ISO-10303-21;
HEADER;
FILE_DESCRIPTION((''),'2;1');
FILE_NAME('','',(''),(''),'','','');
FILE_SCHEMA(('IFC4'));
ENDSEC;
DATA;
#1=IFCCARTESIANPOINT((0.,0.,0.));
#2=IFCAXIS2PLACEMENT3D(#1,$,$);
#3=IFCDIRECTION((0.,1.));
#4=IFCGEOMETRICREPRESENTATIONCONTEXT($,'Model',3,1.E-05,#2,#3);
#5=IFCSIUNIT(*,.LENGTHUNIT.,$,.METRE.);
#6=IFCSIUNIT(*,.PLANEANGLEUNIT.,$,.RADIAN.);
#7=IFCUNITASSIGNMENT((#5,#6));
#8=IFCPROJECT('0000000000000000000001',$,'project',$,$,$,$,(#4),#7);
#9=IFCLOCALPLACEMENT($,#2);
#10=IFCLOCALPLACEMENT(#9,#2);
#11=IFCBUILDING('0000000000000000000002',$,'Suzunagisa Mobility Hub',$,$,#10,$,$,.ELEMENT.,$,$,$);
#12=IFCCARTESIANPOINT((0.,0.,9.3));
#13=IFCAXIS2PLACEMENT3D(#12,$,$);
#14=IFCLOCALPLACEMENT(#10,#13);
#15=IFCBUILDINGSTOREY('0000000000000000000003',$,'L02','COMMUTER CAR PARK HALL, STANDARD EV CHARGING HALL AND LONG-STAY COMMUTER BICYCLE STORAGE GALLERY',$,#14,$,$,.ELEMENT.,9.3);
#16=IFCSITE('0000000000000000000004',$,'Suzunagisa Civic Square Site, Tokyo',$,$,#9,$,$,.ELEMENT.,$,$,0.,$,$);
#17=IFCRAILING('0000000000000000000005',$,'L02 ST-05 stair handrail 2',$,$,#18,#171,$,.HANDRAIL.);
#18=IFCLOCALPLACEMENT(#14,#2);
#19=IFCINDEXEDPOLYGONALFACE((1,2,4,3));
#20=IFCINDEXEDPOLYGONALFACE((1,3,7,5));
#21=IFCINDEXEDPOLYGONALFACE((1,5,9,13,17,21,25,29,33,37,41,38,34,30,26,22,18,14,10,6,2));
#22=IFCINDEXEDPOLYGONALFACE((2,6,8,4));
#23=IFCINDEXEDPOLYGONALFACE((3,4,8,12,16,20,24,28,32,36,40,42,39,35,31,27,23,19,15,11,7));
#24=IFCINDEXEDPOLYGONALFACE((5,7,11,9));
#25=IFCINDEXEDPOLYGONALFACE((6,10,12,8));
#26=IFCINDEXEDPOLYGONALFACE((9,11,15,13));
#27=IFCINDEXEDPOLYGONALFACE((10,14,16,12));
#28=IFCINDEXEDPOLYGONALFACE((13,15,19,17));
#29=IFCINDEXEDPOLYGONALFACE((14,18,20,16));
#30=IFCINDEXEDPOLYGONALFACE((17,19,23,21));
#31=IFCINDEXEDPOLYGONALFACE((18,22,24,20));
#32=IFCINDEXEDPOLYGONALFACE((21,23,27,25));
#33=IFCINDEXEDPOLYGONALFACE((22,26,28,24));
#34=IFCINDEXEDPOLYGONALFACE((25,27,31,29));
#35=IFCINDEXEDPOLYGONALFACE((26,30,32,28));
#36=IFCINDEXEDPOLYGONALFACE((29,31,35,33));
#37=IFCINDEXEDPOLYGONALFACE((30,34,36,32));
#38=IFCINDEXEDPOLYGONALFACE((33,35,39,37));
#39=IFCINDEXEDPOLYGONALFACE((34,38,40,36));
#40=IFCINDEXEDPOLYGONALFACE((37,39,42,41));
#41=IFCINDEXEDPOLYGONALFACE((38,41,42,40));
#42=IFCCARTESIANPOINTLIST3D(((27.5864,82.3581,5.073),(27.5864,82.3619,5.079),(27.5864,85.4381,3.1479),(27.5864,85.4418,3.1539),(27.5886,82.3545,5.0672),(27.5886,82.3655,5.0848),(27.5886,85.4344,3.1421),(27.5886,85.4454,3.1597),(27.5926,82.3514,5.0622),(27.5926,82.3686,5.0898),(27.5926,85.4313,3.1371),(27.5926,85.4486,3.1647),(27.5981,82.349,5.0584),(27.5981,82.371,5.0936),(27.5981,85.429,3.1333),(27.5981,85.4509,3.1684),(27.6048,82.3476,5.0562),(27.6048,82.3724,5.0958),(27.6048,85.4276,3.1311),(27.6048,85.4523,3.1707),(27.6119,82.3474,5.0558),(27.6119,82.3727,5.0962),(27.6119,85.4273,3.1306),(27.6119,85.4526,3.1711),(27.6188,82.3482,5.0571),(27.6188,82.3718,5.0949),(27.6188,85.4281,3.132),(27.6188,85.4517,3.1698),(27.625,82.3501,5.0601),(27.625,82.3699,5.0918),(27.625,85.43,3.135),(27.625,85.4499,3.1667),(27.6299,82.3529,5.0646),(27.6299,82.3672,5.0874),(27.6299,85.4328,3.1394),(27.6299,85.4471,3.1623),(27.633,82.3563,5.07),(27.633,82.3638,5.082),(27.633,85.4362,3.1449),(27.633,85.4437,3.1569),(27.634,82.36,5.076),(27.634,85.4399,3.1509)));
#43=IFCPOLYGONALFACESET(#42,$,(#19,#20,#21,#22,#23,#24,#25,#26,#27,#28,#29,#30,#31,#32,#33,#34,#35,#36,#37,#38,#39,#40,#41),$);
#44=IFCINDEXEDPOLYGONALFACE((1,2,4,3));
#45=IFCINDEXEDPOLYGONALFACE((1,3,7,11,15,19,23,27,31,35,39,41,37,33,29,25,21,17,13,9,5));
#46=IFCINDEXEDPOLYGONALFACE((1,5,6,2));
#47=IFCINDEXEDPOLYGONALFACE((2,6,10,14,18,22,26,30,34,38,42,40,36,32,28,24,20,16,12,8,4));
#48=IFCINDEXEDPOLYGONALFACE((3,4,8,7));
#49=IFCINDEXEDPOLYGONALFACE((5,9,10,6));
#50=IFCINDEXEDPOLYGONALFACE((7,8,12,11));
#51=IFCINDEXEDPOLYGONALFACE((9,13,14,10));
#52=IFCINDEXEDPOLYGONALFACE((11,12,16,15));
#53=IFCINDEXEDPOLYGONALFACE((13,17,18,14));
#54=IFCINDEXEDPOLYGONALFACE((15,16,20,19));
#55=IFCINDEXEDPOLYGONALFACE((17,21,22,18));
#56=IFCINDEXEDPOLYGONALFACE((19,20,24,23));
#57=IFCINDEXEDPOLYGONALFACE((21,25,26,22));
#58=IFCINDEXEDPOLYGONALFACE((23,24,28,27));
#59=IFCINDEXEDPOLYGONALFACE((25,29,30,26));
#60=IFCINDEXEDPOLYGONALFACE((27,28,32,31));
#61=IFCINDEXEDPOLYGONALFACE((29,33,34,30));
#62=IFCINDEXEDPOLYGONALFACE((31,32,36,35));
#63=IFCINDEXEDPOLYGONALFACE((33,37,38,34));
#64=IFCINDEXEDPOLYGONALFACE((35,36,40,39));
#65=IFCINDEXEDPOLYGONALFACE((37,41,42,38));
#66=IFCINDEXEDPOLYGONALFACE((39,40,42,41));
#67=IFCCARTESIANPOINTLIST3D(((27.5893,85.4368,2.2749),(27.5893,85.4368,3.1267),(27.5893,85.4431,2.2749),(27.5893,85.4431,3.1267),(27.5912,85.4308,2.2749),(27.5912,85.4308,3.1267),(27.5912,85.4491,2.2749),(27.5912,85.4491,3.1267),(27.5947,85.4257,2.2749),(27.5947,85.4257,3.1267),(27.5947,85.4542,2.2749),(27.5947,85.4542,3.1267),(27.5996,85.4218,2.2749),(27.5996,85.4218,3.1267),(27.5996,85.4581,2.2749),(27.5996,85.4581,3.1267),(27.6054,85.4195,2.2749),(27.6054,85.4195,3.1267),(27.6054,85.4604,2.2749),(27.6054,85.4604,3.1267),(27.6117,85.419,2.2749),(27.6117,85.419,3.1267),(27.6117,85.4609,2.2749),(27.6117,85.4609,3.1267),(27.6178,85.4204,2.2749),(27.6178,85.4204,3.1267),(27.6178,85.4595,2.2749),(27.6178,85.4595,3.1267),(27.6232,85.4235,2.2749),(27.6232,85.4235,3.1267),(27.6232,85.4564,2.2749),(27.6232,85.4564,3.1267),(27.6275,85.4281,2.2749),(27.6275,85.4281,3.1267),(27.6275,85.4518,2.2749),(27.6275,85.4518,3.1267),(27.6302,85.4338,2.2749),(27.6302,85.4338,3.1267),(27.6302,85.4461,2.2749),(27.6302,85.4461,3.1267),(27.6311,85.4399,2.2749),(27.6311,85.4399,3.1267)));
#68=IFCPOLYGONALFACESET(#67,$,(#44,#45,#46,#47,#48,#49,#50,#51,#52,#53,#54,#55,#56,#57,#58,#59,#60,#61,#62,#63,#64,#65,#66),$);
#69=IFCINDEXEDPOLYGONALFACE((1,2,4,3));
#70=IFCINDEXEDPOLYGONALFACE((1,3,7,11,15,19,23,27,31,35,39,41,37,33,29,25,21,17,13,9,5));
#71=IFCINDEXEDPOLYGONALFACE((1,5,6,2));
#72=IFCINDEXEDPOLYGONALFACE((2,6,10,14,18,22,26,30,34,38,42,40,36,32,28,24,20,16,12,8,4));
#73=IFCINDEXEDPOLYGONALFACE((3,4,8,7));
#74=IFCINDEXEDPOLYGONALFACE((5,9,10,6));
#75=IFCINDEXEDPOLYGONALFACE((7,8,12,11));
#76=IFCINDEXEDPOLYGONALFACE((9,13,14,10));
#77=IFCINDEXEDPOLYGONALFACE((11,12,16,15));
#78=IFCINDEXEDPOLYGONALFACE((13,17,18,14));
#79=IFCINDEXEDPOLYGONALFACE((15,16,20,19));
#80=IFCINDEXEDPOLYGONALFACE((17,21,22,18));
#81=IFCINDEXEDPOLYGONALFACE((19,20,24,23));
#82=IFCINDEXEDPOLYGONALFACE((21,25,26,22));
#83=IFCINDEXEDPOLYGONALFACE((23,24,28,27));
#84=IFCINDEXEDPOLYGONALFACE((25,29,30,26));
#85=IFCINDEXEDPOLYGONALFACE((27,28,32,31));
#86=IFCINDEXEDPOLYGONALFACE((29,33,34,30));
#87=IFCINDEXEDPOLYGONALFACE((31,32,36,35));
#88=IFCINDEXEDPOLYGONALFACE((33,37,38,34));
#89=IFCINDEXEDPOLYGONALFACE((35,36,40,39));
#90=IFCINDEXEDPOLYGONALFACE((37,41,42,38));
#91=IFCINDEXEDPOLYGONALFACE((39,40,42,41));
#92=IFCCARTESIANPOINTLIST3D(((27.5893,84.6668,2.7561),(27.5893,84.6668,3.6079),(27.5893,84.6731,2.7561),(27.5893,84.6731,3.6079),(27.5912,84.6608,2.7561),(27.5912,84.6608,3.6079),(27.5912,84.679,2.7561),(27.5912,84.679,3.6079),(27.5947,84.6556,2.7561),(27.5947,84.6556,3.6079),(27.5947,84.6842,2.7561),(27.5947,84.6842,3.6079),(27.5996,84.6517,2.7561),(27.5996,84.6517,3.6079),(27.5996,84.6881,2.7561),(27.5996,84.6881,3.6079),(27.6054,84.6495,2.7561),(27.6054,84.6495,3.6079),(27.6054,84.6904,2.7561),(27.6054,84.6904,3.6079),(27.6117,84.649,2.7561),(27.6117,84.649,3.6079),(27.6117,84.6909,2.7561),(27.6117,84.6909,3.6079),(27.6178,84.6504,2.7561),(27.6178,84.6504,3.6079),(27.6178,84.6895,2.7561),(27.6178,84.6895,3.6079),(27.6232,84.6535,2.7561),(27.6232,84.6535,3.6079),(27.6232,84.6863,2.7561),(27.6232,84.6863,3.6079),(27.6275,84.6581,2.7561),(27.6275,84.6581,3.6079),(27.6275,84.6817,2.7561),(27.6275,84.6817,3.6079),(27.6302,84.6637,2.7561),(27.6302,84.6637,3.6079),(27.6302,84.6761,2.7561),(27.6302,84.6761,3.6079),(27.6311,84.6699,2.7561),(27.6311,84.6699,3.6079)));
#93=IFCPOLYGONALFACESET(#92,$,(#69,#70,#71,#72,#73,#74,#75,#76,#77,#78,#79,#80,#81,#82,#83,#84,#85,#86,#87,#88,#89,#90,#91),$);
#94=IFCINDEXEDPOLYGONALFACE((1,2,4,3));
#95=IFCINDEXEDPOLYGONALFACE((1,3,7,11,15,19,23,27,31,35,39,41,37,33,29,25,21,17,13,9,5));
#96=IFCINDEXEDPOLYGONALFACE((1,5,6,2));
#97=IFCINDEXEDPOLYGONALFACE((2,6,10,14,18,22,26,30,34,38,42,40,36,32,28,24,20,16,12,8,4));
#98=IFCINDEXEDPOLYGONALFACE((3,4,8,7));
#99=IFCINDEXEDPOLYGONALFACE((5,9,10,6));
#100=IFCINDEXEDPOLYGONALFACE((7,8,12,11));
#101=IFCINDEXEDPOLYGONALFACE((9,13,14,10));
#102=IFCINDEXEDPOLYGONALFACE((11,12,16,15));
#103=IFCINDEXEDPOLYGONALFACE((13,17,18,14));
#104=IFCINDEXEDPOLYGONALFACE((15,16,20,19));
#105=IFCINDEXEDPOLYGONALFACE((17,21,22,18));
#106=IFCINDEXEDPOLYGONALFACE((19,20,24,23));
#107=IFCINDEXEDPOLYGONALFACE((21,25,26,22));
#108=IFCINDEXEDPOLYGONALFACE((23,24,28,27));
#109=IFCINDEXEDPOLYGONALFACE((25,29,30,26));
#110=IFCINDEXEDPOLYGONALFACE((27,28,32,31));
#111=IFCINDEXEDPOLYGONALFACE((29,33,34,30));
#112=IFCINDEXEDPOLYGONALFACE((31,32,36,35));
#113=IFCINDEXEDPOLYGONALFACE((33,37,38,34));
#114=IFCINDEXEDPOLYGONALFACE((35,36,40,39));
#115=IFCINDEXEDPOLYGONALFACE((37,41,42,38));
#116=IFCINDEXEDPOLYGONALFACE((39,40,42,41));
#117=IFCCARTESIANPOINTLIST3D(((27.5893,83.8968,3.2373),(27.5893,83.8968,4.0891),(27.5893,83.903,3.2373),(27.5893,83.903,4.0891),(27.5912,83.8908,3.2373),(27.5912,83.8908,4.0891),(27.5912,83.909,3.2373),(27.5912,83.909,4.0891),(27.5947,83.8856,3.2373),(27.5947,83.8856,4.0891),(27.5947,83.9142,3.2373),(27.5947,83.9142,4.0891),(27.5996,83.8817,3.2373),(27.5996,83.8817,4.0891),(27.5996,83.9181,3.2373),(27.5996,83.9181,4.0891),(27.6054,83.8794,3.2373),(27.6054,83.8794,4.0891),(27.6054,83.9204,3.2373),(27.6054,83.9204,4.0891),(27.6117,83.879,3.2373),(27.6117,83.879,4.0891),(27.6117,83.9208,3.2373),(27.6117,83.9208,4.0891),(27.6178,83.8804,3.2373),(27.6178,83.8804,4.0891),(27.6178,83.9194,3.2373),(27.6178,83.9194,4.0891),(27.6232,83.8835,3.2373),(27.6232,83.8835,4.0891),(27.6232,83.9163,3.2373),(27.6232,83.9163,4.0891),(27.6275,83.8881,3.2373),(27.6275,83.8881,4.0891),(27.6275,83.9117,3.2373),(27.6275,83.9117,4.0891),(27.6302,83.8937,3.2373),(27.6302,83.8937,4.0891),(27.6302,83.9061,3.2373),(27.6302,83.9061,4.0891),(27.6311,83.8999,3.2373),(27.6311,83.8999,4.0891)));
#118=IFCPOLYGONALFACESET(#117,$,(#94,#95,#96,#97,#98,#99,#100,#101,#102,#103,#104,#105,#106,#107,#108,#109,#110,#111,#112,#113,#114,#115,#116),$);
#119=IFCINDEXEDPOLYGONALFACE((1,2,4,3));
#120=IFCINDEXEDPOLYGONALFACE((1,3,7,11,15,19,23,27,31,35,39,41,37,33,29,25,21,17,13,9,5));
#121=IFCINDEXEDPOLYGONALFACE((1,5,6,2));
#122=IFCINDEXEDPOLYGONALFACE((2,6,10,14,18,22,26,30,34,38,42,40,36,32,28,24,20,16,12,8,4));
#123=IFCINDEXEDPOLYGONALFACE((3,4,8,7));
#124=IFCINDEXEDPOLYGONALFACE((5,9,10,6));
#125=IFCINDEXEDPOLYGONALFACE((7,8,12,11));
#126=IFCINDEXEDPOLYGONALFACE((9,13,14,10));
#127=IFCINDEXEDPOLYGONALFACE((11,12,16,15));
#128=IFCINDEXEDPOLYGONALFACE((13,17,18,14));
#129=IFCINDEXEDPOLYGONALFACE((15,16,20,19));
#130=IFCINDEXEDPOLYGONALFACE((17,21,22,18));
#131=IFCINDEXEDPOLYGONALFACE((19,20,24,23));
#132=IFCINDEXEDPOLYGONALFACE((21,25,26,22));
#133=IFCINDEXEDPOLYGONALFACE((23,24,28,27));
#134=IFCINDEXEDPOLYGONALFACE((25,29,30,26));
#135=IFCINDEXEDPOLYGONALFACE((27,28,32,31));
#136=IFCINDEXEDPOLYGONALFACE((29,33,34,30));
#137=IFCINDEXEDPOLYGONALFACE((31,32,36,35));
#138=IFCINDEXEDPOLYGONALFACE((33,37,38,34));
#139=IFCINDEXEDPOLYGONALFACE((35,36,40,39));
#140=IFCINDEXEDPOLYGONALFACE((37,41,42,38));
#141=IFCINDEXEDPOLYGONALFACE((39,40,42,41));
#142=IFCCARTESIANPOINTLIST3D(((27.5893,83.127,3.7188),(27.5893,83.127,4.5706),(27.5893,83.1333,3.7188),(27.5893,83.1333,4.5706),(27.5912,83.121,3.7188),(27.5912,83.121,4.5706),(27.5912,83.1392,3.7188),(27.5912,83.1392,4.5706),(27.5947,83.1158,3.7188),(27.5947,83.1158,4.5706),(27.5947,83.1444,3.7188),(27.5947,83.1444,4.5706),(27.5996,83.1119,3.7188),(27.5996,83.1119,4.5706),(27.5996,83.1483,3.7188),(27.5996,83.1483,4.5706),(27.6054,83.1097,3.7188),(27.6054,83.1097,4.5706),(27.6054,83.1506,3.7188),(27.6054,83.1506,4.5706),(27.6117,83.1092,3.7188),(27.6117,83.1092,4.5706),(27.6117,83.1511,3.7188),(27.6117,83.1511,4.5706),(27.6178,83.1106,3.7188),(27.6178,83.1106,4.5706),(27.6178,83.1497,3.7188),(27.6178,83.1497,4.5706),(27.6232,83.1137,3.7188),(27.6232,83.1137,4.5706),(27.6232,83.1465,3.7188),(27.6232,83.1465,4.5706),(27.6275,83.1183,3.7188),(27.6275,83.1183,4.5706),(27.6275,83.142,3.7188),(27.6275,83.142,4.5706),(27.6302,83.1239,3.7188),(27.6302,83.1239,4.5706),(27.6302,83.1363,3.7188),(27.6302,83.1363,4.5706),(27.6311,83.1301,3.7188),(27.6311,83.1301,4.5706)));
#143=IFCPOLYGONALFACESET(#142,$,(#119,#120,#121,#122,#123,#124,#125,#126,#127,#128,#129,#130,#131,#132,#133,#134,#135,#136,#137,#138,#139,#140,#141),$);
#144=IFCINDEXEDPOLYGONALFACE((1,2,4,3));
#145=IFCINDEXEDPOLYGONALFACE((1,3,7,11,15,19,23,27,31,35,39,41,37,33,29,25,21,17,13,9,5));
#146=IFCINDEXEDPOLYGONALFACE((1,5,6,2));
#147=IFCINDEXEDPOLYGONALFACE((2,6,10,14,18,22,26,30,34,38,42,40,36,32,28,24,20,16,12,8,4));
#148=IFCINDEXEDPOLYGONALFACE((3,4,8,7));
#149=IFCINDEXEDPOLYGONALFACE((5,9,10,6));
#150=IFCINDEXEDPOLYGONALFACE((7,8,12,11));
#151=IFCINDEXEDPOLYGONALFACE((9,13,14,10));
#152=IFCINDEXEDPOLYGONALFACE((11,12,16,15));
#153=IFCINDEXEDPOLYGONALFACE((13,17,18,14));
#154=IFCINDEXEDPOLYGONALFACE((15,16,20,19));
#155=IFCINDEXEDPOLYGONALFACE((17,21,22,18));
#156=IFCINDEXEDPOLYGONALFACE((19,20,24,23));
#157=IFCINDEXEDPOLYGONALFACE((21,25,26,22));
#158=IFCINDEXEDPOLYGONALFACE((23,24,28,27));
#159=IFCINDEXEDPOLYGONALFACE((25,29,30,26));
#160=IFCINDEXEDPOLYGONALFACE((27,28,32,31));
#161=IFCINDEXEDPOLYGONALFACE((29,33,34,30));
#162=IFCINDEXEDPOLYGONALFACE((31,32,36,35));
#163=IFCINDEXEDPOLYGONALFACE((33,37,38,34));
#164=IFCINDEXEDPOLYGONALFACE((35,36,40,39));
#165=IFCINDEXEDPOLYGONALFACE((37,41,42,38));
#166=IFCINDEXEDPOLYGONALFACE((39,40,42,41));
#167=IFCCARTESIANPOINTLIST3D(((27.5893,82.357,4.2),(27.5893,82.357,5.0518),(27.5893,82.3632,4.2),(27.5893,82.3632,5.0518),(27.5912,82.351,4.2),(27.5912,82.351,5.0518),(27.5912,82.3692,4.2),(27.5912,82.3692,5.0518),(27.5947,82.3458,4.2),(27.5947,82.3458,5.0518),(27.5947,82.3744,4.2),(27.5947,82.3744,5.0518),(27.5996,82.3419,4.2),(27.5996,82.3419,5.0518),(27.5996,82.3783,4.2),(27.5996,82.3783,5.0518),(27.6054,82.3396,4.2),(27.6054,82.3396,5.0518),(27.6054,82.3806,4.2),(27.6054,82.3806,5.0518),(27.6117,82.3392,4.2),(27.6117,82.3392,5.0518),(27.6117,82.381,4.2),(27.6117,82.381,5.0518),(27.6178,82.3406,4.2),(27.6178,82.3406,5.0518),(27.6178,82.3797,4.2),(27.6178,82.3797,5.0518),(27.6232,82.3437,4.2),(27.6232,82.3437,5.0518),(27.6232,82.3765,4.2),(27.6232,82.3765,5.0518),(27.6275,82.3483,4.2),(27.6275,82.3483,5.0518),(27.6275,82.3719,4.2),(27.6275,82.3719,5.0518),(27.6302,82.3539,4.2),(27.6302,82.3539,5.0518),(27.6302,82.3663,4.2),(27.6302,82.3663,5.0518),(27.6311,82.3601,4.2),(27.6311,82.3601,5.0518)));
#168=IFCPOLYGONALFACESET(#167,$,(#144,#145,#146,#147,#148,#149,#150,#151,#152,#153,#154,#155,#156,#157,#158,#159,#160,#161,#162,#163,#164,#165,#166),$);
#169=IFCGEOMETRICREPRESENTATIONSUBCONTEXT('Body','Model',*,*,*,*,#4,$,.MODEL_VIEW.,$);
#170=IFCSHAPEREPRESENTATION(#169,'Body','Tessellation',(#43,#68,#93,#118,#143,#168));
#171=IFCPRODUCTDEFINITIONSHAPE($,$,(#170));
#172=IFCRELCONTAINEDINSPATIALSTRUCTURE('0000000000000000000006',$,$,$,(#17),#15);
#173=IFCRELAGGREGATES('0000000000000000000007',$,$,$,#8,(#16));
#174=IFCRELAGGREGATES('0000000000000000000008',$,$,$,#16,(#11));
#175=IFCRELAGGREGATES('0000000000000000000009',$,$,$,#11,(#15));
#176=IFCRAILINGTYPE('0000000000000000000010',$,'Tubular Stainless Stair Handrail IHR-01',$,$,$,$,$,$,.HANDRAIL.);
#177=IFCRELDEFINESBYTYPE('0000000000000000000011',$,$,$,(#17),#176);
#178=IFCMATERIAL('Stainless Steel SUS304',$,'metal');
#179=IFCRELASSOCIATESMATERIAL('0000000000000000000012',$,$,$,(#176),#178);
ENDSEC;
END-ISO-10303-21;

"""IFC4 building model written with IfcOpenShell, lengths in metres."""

from ifc_helpers import new_model, si_unit, direction, frame, origin, origin_2d, place, context, subcontext, project, spatial, circle, extrude, material, type_object, element, save


model = new_model("IFC4")

# Units and contexts
model_context = context("Model", 3, precision=1e-05, world=origin(), true_north=direction((0.0, 1.0)))
body_context = subcontext(model_context, "Body", "Model", "MODEL_VIEW")
ifc_project = project(units=[si_unit("LENGTHUNIT", "METRE"), si_unit("PLANEANGLEUNIT", "RADIAN")], contexts=[model_context])

# Site, building, storey
site_placement = place(None, origin())
site = spatial("IfcSite", under=ifc_project, at=site_placement, Name="Suzunagisa Civic Square Site, Tokyo", CompositionType="ELEMENT", RefElevation=0.0)
building_placement = place(site_placement, origin())
building = spatial("IfcBuilding", under=site, at=building_placement, Name="Suzunagisa Mobility Hub", CompositionType="ELEMENT")
storey_placement = place(building_placement, frame((0.0, 0.0, 9.3)))
storey = spatial("IfcBuildingStorey", under=building, at=storey_placement, Name="L02", Description="COMMUTER CAR PARK HALL, STANDARD EV CHARGING HALL AND LONG-STAY COMMUTER BICYCLE STORAGE GALLERY", CompositionType="ELEMENT", Elevation=9.3)

# Railing
ifc_material_1 = material(Name="Stainless Steel SUS304", Category="metal")
railing_type_1 = type_object("IfcRailingType", Name="Tubular Stainless Stair Handrail IHR-01", PredefinedType="HANDRAIL", material=ifc_material_1)
railing_1_placement = place(storey_placement, frame((27.6101, 85.4399, 2.2749)))
element("IfcRailing", 1, at=railing_1_placement, inside=storey, type_object=railing_type_1, Name="L02 ST-05 stair handrail 2", PredefinedType="HANDRAIL", context=body_context, shape_type="SweptSolid", body=[
    extrude(circle(Radius=0.0239, at=origin_2d()), frame((0.0, 0.0, 0.876), z_axis=(0.0, -0.847979, 0.530029), x_axis=(1.0, 0.0, 0.0)), (0.0, 0.0, 1.0), 3.6321),
    extrude(circle(Radius=0.021, at=origin_2d()), origin(), (0.0, 0.0, 1.0), 0.8518),
    extrude(circle(Radius=0.021, at=origin_2d()), frame((0.0, -0.77, 0.4812)), (0.0, 0.0, 1.0), 0.8518),
    extrude(circle(Radius=0.021, at=origin_2d()), frame((0.0, -1.54, 0.9624)), (0.0, 0.0, 1.0), 0.8518),
    extrude(circle(Radius=0.021, at=origin_2d()), frame((0.0, -2.3098, 1.4438)), (0.0, 0.0, 1.0), 0.8518),
    extrude(circle(Radius=0.021, at=origin_2d()), frame((0.0, -3.0798, 1.925)), (0.0, 0.0, 1.0), 0.8518),
])

save(model, "model.ifc")
